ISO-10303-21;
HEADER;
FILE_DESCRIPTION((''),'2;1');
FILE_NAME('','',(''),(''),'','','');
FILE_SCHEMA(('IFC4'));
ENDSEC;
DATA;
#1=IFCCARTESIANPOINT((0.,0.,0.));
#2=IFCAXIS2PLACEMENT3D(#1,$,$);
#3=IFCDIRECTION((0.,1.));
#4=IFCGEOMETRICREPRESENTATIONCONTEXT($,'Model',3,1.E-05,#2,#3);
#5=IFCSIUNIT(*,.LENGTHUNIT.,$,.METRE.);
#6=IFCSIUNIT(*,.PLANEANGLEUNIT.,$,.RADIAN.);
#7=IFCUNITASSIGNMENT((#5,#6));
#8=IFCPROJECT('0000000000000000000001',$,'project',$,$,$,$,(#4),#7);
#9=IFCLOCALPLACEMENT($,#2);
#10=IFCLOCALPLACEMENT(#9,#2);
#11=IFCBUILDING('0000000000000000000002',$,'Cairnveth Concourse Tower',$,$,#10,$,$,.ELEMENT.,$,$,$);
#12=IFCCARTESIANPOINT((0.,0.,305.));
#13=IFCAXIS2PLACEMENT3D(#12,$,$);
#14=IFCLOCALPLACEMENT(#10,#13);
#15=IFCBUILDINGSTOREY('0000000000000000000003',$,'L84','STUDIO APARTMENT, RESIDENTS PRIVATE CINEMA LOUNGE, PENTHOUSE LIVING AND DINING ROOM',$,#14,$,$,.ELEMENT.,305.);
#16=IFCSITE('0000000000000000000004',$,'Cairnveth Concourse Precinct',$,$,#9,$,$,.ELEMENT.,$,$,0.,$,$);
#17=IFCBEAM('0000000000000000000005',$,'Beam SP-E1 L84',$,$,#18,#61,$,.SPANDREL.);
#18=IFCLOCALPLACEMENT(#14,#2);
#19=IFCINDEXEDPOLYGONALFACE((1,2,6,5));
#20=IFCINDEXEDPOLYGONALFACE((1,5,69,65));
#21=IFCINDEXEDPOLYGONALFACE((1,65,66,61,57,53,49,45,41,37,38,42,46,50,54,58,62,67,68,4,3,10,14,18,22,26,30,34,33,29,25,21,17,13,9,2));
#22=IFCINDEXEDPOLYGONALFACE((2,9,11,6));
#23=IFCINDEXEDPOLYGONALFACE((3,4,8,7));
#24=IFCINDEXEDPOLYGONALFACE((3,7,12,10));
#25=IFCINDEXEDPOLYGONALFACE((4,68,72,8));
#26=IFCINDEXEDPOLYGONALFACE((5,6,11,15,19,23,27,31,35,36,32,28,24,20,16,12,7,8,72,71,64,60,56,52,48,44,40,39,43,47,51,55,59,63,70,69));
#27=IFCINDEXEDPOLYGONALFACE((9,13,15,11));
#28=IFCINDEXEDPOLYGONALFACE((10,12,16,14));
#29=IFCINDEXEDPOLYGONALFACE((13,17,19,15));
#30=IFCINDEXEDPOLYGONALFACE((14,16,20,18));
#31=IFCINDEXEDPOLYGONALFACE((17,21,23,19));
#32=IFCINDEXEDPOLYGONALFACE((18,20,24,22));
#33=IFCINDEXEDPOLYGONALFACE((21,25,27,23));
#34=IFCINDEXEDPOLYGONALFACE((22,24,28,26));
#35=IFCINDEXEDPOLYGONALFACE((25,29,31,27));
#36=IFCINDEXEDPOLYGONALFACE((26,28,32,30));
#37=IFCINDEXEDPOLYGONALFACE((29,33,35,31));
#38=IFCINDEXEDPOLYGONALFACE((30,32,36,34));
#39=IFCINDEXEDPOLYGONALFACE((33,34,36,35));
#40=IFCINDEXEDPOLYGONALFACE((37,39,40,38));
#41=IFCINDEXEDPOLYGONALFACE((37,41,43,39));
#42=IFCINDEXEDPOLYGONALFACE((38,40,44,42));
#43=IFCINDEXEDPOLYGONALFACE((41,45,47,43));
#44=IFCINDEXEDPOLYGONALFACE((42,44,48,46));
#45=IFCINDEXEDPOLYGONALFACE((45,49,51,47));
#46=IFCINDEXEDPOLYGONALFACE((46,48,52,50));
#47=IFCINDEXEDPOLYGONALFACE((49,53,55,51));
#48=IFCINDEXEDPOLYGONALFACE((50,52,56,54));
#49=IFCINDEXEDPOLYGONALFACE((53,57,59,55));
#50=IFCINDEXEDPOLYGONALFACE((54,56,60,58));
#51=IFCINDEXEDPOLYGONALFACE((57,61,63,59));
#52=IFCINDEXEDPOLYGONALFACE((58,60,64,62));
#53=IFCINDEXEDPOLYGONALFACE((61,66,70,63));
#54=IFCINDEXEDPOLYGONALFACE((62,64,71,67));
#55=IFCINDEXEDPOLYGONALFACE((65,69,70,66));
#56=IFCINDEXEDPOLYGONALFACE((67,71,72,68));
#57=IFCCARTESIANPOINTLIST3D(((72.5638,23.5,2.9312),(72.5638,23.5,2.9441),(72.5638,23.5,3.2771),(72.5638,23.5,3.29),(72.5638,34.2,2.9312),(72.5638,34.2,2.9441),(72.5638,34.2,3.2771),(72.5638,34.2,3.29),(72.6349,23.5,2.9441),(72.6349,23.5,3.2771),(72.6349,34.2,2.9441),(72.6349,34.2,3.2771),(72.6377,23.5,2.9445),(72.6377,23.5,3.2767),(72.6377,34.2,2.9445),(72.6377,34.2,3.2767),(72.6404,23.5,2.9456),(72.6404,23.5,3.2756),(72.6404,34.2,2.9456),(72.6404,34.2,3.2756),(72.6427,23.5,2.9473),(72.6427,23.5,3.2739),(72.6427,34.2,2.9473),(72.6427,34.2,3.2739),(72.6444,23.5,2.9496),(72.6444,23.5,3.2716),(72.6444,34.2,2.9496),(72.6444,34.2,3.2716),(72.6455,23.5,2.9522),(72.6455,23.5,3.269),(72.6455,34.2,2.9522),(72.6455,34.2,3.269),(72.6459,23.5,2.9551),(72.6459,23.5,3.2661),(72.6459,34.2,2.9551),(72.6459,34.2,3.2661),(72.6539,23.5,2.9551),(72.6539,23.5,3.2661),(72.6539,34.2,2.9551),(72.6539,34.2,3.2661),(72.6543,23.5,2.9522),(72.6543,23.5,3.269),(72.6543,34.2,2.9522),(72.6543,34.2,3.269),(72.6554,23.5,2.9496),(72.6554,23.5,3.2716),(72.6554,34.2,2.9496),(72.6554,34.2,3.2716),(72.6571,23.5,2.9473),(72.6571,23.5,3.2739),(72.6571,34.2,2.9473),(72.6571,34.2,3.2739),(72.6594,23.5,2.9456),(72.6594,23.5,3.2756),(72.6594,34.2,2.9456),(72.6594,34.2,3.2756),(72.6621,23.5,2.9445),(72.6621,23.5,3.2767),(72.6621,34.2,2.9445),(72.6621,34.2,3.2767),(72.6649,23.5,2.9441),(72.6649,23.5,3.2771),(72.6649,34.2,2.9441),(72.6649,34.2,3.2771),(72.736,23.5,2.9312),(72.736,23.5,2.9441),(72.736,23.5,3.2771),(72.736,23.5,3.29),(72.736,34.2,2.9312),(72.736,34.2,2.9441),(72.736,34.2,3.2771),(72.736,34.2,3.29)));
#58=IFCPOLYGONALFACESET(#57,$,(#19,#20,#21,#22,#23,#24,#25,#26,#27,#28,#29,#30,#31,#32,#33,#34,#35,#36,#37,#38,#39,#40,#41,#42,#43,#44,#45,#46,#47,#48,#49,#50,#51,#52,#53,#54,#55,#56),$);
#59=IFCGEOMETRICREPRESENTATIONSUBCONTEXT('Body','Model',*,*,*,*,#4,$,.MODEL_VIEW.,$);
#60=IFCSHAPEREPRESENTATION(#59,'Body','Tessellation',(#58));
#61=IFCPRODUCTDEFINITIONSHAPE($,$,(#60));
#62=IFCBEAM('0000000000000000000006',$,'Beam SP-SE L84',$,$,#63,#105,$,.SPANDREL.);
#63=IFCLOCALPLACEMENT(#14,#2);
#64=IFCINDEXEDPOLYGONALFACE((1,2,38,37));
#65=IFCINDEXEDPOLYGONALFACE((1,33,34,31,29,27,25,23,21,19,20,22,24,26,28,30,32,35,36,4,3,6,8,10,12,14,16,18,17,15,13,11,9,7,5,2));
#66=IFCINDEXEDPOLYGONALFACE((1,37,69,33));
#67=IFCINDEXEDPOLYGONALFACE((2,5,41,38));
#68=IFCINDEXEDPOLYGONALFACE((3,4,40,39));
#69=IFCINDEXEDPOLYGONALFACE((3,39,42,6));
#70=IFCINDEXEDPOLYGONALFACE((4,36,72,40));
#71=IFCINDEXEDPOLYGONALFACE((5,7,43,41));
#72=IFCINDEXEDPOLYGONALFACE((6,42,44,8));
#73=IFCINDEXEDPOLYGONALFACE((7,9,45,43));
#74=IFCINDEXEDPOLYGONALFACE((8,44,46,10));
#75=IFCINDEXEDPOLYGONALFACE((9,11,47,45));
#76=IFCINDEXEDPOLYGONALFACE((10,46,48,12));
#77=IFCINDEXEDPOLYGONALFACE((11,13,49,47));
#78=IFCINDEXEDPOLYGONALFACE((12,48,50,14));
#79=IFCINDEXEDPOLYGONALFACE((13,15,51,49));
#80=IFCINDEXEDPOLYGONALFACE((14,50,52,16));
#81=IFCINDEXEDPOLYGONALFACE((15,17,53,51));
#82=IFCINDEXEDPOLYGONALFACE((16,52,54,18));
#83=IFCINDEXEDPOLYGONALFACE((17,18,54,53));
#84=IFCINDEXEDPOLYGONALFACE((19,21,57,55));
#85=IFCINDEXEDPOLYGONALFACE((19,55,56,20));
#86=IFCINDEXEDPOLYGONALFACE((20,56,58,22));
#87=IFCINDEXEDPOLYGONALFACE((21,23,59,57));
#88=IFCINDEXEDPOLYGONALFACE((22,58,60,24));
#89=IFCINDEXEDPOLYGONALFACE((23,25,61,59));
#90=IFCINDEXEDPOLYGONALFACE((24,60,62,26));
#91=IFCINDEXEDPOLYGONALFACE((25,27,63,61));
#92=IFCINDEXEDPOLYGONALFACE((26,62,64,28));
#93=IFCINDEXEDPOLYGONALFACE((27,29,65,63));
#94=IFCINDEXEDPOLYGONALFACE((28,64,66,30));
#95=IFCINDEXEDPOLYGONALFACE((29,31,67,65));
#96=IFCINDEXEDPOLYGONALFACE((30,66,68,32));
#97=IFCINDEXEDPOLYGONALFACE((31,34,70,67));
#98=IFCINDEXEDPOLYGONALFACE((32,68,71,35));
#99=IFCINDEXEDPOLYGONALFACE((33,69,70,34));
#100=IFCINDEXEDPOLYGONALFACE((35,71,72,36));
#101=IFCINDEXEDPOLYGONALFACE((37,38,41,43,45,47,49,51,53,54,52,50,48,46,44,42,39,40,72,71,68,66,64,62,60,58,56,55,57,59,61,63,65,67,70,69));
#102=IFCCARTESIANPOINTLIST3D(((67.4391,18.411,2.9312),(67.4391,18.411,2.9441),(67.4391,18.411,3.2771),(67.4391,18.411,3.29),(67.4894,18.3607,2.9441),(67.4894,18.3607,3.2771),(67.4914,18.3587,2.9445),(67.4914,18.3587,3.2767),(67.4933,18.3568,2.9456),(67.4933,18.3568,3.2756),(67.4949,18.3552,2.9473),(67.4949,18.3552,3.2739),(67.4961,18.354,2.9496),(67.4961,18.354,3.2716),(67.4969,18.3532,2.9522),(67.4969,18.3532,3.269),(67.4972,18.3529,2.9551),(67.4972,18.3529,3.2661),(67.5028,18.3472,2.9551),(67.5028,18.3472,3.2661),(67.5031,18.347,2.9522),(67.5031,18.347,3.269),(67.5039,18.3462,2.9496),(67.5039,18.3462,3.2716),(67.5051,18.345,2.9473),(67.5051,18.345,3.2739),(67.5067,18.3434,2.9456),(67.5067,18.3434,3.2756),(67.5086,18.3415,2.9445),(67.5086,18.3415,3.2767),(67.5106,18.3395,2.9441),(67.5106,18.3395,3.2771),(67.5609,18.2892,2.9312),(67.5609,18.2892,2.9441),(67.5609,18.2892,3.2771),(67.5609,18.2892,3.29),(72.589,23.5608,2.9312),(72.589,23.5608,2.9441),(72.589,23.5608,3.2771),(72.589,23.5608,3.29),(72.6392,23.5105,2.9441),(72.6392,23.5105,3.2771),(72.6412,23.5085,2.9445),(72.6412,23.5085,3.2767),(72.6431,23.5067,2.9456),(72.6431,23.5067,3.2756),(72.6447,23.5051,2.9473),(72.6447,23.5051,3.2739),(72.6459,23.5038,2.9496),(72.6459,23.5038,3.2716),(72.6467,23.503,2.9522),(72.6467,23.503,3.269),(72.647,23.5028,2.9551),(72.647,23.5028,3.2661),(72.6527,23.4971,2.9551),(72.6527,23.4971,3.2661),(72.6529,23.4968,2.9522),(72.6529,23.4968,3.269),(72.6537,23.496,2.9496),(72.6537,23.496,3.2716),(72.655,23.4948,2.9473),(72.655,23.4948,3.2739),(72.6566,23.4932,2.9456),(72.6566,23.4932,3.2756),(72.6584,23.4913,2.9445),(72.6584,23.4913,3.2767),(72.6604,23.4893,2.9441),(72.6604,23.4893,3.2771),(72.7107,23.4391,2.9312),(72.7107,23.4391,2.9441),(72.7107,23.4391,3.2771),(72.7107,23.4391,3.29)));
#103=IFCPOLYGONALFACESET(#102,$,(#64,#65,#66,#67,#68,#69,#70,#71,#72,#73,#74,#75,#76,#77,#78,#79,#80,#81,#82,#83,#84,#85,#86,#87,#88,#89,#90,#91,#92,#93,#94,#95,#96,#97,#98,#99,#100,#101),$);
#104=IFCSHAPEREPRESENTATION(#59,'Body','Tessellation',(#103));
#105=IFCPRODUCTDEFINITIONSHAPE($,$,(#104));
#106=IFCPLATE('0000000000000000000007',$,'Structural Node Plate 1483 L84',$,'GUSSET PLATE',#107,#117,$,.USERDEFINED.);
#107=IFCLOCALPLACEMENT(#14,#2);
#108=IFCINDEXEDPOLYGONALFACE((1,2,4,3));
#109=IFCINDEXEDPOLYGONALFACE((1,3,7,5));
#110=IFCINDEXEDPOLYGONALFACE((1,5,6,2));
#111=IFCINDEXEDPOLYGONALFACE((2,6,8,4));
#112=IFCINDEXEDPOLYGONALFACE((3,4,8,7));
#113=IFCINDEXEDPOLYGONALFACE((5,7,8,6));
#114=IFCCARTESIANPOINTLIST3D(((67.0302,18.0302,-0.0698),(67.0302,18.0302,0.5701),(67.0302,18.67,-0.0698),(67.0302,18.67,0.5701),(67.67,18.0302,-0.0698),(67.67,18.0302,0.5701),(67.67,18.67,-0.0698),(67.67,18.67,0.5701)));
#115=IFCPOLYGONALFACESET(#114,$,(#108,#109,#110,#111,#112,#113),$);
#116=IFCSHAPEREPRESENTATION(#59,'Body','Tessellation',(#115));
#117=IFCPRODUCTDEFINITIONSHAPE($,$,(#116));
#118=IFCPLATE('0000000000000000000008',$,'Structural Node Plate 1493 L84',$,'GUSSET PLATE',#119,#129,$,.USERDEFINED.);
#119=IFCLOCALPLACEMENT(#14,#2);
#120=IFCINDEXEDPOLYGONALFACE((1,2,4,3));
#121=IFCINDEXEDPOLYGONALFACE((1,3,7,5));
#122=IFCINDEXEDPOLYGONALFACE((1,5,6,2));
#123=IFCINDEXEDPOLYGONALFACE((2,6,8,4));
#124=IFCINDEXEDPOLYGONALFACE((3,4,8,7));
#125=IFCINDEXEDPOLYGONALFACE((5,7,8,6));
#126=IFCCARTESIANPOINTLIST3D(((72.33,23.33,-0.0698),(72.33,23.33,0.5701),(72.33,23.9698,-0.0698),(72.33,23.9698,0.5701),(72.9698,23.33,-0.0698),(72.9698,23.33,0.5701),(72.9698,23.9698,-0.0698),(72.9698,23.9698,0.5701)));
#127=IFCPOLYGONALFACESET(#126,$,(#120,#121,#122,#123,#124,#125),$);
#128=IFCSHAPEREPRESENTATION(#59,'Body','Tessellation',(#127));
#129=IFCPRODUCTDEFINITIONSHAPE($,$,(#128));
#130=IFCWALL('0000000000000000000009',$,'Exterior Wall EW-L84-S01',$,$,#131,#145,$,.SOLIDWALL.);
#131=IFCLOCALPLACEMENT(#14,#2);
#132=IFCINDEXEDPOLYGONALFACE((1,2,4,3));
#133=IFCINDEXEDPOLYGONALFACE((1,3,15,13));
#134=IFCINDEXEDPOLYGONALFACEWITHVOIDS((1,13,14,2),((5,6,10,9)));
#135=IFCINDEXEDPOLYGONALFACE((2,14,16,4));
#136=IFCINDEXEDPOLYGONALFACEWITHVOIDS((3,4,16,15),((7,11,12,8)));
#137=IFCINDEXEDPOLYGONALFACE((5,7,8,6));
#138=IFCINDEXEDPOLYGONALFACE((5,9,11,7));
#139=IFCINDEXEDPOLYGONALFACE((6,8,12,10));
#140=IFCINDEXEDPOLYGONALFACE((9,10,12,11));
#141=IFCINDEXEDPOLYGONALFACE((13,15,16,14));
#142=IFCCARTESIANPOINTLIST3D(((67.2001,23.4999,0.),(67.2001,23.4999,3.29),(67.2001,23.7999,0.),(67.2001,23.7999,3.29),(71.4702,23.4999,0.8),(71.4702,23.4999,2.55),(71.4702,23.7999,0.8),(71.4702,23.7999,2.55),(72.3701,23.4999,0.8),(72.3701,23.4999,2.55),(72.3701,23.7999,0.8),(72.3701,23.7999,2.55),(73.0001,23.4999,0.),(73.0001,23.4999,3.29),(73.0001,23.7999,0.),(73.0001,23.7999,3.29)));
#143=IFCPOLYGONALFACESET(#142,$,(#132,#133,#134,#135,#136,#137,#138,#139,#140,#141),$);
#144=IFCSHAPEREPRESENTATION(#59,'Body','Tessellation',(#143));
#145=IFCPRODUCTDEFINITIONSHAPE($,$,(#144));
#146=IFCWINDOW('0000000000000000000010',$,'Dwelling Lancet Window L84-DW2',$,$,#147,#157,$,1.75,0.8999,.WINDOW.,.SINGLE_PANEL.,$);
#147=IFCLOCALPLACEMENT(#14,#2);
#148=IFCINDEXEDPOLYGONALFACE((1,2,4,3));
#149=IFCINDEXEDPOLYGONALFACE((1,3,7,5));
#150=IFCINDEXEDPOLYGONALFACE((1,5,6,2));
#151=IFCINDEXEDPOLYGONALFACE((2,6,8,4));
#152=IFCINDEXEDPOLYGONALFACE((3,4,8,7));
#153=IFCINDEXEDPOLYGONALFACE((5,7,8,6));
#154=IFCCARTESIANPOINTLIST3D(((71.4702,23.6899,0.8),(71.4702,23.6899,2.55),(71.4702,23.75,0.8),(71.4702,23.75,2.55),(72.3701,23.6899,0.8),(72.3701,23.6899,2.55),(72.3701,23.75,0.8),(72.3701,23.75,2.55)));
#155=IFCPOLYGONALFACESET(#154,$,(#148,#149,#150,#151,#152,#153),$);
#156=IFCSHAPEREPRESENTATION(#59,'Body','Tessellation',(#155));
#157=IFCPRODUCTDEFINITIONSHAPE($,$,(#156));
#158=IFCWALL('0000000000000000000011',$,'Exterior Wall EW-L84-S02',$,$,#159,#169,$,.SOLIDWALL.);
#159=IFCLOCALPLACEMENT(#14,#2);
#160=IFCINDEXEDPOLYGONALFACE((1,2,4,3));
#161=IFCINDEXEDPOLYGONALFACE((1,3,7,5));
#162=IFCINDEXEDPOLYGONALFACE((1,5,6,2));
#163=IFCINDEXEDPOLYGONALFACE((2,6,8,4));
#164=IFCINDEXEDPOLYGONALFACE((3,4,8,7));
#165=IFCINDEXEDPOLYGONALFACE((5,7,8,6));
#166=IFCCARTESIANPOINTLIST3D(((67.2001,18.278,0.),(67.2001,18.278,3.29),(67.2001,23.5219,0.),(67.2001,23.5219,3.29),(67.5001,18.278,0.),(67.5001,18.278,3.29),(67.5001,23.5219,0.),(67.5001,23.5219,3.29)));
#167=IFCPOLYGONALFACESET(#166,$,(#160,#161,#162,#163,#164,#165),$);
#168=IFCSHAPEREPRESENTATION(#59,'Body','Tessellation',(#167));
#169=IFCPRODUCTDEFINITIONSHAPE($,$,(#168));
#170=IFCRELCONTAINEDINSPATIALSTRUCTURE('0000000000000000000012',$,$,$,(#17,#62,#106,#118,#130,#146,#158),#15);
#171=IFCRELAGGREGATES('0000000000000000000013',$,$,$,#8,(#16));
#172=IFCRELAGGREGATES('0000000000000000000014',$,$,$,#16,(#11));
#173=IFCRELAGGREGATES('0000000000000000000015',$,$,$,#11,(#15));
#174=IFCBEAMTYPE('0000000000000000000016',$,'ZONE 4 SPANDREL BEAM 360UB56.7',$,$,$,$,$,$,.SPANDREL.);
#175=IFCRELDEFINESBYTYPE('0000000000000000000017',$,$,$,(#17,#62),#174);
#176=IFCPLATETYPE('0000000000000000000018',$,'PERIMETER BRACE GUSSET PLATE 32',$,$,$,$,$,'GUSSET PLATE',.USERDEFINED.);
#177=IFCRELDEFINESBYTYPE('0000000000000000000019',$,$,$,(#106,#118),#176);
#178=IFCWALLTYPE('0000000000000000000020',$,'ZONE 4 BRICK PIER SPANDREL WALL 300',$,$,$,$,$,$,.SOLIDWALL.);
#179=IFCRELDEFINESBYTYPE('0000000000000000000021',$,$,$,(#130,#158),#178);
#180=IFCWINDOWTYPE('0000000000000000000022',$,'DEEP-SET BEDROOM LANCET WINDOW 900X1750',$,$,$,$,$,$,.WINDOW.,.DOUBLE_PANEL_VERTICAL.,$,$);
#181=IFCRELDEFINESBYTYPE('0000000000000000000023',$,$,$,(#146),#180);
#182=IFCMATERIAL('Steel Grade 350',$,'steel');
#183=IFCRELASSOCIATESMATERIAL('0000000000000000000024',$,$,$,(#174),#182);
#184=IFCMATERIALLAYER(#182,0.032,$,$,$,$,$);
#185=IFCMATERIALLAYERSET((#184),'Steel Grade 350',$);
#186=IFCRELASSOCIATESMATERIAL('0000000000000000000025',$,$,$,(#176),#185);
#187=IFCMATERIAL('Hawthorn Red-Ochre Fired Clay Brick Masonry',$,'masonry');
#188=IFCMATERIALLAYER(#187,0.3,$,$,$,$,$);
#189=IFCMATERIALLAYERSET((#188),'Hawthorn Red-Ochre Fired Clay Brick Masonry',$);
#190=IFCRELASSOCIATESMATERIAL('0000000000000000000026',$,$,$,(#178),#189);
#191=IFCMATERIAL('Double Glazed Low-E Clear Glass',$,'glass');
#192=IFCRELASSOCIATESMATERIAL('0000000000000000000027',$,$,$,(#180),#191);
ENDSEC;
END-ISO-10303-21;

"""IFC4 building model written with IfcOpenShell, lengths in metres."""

from ifc_helpers import new_model, si_unit, direction, frame, frame_2d, origin, origin_2d, place, context, subcontext, project, spatial, rectangle, i_section, extrude, material, layer, layer_set, material_profile, profile_set, type_object, element, fill, save


model = new_model("IFC4")

# Units and contexts
model_context = context("Model", 3, precision=1e-05, world=origin(), true_north=direction((0.0, 1.0)))
body_context = subcontext(model_context, "Body", "Model", "MODEL_VIEW")
ifc_project = project(units=[si_unit("LENGTHUNIT", "METRE"), si_unit("PLANEANGLEUNIT", "RADIAN")], contexts=[model_context])

# Site, building, storey
site_placement = place(None, origin())
site = spatial("IfcSite", under=ifc_project, at=site_placement, Name="Cairnveth Concourse Precinct", CompositionType="ELEMENT", RefElevation=0.0)
building_placement = place(site_placement, origin())
building = spatial("IfcBuilding", under=site, at=building_placement, Name="Cairnveth Concourse Tower", CompositionType="ELEMENT")
storey_placement = place(building_placement, frame((0.0, 0.0, 305.0)))
storey = spatial("IfcBuildingStorey", under=building, at=storey_placement, Name="L84", Description="STUDIO APARTMENT, RESIDENTS PRIVATE CINEMA LOUNGE, PENTHOUSE LIVING AND DINING ROOM", CompositionType="ELEMENT", Elevation=305.0)

# Shared definitions
ifc_material_1 = material(Name="Steel Grade 350", Category="steel")

# Beams
ifc_material_profile_1 = material_profile(ifc_material_1, i_section(OverallWidth=0.1721, OverallDepth=0.3589, WebThickness=0.0081, FlangeThickness=0.0129, FilletRadius=0.011, at=origin_2d()), Name="360UB56.7")
ifc_profile_set_1 = profile_set([ifc_material_profile_1], Name="Steel Grade 350")
beam_type_1 = type_object("IfcBeamType", Name="ZONE 4 SPANDREL BEAM 360UB56.7", PredefinedType="SPANDREL", material=ifc_profile_set_1)
beam_1_placement = place(storey_placement, frame((72.6499, 23.5, 3.1106), z_axis=(0.0, 1.0, 0.0), x_axis=(-1.0, 0.0, 0.0)))
element("IfcBeam", 1, at=beam_1_placement, inside=storey, type_object=beam_type_1, Name="Beam SP-E1 L84", PredefinedType="SPANDREL", context=body_context, shape_type="SweptSolid", body=[
    extrude(i_section(OverallWidth=0.1721, OverallDepth=0.3589, WebThickness=0.0081, FlangeThickness=0.0129, FilletRadius=0.011, at=origin_2d()), origin(), (0.0, 0.0, 1.0), 10.7),
])
beam_2_placement = place(storey_placement, frame((67.5, 18.3501, 3.1106), z_axis=(0.707107, 0.707107, 0.0), x_axis=(-0.707107, 0.707107, 0.0)))
element("IfcBeam", 2, at=beam_2_placement, inside=storey, type_object=beam_type_1, Name="Beam SP-SE L84", PredefinedType="SPANDREL", context=body_context, shape_type="SweptSolid", body=[
    extrude(i_section(OverallWidth=0.1721, OverallDepth=0.3589, WebThickness=0.0081, FlangeThickness=0.0129, FilletRadius=0.011, at=origin_2d()), origin(), (0.0, 0.0, 1.0), 7.283),
])

# Plates
ifc_layer_1 = layer(ifc_material_1, 0.032)
ifc_layer_set_1 = layer_set([ifc_layer_1], Name="Steel Grade 350")
plate_type = type_object("IfcPlateType", Name="PERIMETER BRACE GUSSET PLATE 32", ElementType="GUSSET PLATE", PredefinedType="USERDEFINED", material=ifc_layer_set_1)
for number, where, z_axis, x_axis, name in (
    (3, (67.3501, 18.3501, -0.0698), (0.0, 0.0, 1.0), (1.0, 0.0, 0.0), "Structural Node Plate 1483 L84"),
    (4, (72.6499, 23.6499, -0.0698), (0.0, 0.0, 1.0), (1.0, 0.0, 0.0), "Structural Node Plate 1493 L84"),
):
    element("IfcPlate", number, at=place(storey_placement, frame(where, z_axis=z_axis, x_axis=x_axis)), inside=storey, type_object=plate_type, Name=name, ObjectType="GUSSET PLATE", PredefinedType="USERDEFINED", context=body_context, shape_type="SweptSolid", body=[
        extrude(rectangle(XDim=0.6399, YDim=0.6399, at=origin_2d()), origin(), (0.0, 0.0, 1.0), 0.6399),
    ])

# Wall, opening, window
ifc_material_2 = material(Name="Hawthorn Red-Ochre Fired Clay Brick Masonry", Category="masonry")
ifc_layer_2 = layer(ifc_material_2, 0.3)
ifc_layer_set_2 = layer_set([ifc_layer_2], Name="Hawthorn Red-Ochre Fired Clay Brick Masonry")
wall_type = type_object("IfcWallType", Name="ZONE 4 BRICK PIER SPANDREL WALL 300", PredefinedType="SOLIDWALL", material=ifc_layer_set_2)
wall_1_placement = place(storey_placement, frame((73.0, 23.6499, 0.0), z_axis=(0.0, 0.0, 1.0), x_axis=(-1.0, 0.0, 0.0)))
wall_1 = element("IfcWall", 5, at=wall_1_placement, inside=storey, type_object=wall_type, Name="Exterior Wall EW-L84-S01", PredefinedType="SOLIDWALL", context=body_context, shape_type="SweptSolid", body=[
    extrude(rectangle(XDim=5.8, YDim=0.3, at=frame_2d((2.8999, 0.0))), origin(), (0.0, 0.0, 1.0), 3.29),
])
opening_1_placement = place(wall_1_placement, frame((0.6299, 0.0, 0.8)))
opening_1 = element("IfcOpeningElement", 6, at=opening_1_placement, cuts=wall_1, PredefinedType="OPENING", context=body_context, shape_type="SweptSolid", body=[
    extrude(rectangle(XDim=0.8999, YDim=1.75, at=frame_2d((0.45, 0.875))), frame((0.0, 0.1599, 0.0), z_axis=(0.0, -1.0, 0.0), x_axis=(1.0, 0.0, 0.0)), (0.0, 0.0, 1.0), 0.3201),
])
ifc_material_3 = material(Name="Double Glazed Low-E Clear Glass", Category="glass")
window_type_1 = type_object("IfcWindowType", Name="DEEP-SET BEDROOM LANCET WINDOW 900X1750", PartitioningType="DOUBLE_PANEL_VERTICAL", PredefinedType="WINDOW", material=ifc_material_3)
window_1_placement = place(opening_1_placement, origin())
window_1 = element("IfcWindow", 7, at=window_1_placement, inside=storey, type_object=window_type_1, Name="Dwelling Lancet Window L84-DW2", OverallHeight=1.75, OverallWidth=0.8999, PartitioningType="SINGLE_PANEL", PredefinedType="WINDOW", context=body_context, shape_type="SweptSolid", body=[
    extrude(rectangle(XDim=0.8999, YDim=1.75, at=frame_2d((0.45, 0.875))), frame((0.0, -0.04, 0.0), z_axis=(0.0, -1.0, 0.0), x_axis=(1.0, 0.0, 0.0)), (0.0, 0.0, 1.0), 0.0601),
])
fill(opening_1, window_1)

# Wall
wall_2_placement = place(storey_placement, frame((67.3501, 23.522, 0.0), z_axis=(0.0, 0.0, 1.0), x_axis=(0.0, -1.0, 0.0)))
element("IfcWall", 8, at=wall_2_placement, inside=storey, type_object=wall_type, Name="Exterior Wall EW-L84-S02", PredefinedType="SOLIDWALL", context=body_context, shape_type="SweptSolid", body=[
    extrude(rectangle(XDim=5.2439, YDim=0.3, at=frame_2d((2.6221, 0.0))), origin(), (0.0, 0.0, 1.0), 3.29),
])

save(model, "model.ifc")
